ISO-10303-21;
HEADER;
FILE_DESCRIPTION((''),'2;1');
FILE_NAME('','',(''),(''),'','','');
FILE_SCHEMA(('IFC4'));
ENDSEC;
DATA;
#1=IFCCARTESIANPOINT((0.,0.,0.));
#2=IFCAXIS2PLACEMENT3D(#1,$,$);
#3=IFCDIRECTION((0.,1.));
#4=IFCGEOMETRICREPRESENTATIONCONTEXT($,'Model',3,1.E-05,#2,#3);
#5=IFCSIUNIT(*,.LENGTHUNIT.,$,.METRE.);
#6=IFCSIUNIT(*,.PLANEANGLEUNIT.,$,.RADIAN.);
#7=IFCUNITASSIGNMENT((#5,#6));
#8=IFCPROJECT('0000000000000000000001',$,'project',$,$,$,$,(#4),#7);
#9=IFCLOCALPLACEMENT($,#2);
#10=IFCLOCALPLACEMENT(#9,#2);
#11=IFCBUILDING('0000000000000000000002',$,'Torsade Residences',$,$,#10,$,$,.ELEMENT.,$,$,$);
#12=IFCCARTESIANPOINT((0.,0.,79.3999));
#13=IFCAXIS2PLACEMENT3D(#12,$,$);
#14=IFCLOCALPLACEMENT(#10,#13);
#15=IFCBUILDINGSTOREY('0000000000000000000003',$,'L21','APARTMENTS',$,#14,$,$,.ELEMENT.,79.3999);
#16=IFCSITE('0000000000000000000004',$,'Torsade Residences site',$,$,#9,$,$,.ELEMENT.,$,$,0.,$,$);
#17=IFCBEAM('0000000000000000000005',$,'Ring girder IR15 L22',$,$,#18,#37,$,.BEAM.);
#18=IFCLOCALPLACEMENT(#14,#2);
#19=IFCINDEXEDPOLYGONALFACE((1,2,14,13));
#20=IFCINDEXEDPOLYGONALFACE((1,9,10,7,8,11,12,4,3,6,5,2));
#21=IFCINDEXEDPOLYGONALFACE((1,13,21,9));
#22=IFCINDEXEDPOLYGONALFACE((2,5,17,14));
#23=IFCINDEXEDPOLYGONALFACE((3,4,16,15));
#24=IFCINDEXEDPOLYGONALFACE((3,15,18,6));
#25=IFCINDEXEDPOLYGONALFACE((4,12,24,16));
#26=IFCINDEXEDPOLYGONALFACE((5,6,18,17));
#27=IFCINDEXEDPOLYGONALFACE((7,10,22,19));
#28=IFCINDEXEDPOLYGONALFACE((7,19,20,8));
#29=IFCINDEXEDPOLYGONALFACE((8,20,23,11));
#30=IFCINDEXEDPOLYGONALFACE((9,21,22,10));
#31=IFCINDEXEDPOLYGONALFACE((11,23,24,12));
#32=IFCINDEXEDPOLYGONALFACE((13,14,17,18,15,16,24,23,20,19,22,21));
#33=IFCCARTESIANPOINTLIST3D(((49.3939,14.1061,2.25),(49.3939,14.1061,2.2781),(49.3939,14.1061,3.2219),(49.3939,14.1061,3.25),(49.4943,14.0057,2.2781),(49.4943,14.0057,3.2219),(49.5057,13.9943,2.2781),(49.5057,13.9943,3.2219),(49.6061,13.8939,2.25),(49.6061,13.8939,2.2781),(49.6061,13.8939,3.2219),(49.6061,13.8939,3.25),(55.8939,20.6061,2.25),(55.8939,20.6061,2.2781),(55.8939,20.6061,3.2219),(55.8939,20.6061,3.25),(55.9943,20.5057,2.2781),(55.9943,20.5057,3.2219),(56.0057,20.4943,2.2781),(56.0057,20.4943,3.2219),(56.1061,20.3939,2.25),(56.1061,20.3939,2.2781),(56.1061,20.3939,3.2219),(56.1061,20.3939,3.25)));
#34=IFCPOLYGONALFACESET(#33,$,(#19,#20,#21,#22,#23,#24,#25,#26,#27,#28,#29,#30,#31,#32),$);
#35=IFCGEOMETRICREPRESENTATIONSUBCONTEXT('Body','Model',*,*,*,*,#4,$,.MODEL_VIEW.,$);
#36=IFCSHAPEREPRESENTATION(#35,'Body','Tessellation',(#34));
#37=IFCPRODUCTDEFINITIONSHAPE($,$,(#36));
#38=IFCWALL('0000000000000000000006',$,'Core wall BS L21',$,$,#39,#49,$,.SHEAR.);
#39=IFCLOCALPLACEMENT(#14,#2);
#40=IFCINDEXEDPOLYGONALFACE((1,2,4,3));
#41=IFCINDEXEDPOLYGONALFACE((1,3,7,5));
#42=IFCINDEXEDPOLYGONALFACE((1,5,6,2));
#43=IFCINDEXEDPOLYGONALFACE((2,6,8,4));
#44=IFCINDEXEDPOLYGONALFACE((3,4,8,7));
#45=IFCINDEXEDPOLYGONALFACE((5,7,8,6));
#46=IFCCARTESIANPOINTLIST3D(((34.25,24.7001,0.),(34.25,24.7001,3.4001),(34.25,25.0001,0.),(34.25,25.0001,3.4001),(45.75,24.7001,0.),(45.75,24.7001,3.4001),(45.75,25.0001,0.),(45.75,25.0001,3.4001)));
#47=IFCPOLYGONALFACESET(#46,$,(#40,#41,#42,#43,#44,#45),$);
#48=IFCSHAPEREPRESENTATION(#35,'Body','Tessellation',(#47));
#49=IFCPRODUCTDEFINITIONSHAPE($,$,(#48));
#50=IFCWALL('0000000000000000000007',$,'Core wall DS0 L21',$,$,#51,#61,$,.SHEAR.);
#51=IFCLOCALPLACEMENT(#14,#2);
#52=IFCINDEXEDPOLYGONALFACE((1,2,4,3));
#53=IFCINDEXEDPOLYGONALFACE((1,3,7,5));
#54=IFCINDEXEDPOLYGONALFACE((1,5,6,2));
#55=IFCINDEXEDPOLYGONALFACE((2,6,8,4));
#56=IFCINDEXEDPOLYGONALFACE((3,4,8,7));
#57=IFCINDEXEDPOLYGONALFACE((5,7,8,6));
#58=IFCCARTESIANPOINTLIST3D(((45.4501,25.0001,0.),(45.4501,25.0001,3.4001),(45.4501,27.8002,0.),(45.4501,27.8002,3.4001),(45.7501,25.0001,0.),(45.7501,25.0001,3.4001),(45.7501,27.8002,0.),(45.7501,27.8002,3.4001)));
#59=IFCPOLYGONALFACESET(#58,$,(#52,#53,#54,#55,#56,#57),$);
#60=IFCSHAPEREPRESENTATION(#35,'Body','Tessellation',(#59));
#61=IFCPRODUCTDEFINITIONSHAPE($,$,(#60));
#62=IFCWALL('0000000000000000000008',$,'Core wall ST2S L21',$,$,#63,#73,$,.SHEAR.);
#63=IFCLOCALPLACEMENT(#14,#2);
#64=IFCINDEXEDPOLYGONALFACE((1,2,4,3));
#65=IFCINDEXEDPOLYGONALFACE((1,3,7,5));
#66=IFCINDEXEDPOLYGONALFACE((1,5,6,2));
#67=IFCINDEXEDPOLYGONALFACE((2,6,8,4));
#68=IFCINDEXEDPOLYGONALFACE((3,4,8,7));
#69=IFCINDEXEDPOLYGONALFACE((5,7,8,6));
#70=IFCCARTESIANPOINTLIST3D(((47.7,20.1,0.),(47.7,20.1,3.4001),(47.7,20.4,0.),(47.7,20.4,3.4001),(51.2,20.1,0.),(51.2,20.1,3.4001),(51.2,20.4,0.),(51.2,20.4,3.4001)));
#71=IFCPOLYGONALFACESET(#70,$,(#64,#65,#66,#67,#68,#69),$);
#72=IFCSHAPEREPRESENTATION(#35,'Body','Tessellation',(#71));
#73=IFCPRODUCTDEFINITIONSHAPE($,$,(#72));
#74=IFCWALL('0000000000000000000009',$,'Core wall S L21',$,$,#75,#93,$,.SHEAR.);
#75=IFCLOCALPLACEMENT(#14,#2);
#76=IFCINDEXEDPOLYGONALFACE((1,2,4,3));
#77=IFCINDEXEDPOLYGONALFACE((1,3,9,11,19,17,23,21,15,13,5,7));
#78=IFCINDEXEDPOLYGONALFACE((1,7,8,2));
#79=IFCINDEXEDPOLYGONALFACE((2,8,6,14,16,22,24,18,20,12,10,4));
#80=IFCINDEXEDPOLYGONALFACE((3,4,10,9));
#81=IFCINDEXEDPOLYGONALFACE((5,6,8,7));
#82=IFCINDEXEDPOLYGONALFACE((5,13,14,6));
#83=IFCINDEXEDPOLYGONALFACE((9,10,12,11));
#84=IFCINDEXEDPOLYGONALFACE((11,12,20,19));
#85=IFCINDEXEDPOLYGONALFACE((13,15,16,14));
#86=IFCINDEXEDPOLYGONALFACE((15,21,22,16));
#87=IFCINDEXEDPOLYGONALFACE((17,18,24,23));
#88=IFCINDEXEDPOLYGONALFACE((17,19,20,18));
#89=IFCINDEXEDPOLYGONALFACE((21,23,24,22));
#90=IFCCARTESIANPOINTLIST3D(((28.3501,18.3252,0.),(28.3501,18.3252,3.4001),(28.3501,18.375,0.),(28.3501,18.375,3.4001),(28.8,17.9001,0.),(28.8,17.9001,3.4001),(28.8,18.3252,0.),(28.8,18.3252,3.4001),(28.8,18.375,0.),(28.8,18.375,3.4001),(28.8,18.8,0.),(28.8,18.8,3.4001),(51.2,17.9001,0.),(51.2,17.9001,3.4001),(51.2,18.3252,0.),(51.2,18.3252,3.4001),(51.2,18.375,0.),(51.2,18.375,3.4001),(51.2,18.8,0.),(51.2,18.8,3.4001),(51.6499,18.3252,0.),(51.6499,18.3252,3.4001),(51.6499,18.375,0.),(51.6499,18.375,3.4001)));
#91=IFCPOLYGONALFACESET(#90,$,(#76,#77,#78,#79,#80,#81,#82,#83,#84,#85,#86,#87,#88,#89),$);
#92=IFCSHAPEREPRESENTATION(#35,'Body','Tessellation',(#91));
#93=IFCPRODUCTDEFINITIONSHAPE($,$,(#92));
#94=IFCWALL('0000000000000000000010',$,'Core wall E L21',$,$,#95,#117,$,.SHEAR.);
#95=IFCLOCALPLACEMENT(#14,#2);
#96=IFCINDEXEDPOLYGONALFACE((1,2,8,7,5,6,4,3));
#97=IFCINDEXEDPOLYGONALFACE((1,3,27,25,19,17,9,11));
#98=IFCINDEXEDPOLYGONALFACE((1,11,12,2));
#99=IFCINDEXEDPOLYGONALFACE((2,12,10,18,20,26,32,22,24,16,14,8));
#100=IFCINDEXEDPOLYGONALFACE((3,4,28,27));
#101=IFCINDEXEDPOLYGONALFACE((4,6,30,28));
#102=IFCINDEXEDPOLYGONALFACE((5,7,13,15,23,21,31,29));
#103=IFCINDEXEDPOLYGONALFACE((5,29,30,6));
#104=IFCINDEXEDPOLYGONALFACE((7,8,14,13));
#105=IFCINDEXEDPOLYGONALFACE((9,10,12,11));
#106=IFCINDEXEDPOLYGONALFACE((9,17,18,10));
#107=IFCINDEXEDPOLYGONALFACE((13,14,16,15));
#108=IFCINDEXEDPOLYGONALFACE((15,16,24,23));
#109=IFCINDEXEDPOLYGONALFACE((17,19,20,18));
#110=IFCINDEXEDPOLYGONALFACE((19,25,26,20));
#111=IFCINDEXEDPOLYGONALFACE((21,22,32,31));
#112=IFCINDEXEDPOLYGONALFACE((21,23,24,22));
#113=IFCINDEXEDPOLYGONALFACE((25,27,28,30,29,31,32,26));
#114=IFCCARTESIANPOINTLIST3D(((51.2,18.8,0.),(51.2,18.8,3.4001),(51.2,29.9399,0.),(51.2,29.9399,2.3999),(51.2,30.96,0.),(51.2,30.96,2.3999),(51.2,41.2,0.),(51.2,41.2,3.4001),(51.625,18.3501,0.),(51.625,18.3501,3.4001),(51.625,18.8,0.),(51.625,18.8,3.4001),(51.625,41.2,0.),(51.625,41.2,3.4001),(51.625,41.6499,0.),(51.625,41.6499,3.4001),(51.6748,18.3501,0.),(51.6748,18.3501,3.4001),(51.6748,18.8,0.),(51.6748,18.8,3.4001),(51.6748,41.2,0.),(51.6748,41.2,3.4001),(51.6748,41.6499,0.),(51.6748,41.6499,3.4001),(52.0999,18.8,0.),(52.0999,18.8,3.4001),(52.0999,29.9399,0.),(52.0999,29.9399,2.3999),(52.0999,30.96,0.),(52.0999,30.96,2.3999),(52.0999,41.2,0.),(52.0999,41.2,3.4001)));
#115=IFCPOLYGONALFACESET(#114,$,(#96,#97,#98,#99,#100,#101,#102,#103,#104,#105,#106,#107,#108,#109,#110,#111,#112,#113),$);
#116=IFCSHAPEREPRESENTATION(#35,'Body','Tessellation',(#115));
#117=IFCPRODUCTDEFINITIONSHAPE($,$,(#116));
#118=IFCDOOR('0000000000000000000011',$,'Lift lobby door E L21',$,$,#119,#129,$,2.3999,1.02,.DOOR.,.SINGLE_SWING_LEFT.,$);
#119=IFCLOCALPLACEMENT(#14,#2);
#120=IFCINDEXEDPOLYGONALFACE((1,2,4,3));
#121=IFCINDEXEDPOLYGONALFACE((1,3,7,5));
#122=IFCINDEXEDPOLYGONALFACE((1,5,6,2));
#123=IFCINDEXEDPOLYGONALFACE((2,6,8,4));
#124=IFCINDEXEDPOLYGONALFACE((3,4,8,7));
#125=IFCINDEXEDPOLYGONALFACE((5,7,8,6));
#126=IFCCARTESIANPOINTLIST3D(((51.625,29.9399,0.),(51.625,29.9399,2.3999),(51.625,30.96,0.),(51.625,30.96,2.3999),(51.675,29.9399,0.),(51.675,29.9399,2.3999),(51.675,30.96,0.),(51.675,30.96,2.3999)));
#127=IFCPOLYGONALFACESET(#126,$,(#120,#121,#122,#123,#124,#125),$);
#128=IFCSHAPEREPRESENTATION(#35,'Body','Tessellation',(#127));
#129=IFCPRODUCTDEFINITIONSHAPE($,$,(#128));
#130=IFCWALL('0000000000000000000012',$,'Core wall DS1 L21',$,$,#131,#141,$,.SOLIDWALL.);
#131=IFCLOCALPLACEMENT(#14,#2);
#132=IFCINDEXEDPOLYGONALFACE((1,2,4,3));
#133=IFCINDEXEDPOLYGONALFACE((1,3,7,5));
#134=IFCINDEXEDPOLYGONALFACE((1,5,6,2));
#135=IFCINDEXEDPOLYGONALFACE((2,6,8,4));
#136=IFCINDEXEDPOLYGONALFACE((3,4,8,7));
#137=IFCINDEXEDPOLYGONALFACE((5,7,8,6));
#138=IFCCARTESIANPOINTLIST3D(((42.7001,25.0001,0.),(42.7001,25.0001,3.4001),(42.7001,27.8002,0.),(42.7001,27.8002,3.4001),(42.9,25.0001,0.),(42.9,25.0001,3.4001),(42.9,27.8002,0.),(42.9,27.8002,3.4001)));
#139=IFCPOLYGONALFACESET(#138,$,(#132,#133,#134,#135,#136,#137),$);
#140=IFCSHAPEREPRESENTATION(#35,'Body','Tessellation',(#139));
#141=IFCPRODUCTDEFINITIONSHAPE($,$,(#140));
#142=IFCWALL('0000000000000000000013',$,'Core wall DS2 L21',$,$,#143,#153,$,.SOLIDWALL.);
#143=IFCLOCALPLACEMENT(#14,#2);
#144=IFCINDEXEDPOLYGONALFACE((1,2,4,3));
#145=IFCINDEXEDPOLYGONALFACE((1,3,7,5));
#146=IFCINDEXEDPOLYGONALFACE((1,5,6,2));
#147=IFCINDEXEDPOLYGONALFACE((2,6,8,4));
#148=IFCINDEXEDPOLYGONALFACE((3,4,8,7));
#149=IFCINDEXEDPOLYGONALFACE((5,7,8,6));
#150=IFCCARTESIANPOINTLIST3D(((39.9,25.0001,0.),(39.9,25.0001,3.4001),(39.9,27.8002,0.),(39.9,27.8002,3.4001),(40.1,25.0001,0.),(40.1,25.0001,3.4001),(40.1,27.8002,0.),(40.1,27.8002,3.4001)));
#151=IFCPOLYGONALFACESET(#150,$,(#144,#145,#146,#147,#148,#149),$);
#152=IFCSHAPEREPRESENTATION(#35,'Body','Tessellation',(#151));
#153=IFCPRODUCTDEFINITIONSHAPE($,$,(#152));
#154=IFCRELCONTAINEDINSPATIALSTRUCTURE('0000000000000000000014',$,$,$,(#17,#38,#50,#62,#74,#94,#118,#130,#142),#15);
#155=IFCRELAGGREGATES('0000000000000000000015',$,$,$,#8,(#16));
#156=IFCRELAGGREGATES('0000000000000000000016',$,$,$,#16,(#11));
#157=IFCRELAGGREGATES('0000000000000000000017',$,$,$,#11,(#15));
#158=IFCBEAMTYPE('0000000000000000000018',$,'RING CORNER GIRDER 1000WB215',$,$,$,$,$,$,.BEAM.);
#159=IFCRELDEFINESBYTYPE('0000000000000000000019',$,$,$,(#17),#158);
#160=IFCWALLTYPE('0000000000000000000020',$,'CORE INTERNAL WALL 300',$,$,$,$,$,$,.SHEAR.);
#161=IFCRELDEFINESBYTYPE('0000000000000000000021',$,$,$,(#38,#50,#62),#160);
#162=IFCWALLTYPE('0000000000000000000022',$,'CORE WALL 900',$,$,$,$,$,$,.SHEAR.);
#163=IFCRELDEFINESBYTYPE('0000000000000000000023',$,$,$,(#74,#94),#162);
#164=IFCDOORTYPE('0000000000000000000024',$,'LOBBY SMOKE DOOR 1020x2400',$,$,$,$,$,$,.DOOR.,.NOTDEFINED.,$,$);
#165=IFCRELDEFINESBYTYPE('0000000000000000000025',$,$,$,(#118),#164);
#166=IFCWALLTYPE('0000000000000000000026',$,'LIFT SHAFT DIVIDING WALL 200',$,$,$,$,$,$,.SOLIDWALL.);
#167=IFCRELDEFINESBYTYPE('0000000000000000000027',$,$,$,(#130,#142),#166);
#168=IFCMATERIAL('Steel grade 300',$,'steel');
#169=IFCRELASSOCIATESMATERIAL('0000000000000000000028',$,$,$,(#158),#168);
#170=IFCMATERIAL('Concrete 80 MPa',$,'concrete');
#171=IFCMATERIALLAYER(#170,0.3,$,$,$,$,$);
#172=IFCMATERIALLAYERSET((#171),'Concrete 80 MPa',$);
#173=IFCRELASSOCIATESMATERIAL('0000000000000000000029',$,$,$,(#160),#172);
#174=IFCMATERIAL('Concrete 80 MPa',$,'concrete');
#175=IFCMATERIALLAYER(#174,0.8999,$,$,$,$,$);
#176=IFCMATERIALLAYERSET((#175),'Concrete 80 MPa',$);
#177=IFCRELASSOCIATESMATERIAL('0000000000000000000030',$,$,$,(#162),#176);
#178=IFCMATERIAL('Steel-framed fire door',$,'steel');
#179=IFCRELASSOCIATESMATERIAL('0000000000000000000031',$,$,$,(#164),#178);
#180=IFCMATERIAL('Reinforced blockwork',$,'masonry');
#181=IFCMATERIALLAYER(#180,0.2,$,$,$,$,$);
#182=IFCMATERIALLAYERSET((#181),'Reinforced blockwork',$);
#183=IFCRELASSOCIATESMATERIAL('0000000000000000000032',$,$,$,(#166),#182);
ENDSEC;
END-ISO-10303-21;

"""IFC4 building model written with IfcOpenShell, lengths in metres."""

from ifc_helpers import new_model, si_unit, direction, frame, frame_2d, origin, origin_2d, place, context, subcontext, project, spatial, polyline, rectangle, i_section, outline, extrude, material, layer, layer_set, material_profile, profile_set, type_object, element, fill, save


model = new_model("IFC4")

# Units and contexts
model_context = context("Model", 3, precision=1e-05, world=origin(), true_north=direction((0.0, 1.0)))
body_context = subcontext(model_context, "Body", "Model", "MODEL_VIEW")
ifc_project = project(units=[si_unit("LENGTHUNIT", "METRE"), si_unit("PLANEANGLEUNIT", "RADIAN")], contexts=[model_context])

# Site, building, storey
site_placement = place(None, origin())
site = spatial("IfcSite", under=ifc_project, at=site_placement, Name="Torsade Residences site", CompositionType="ELEMENT", RefElevation=0.0)
building_placement = place(site_placement, origin())
building = spatial("IfcBuilding", under=site, at=building_placement, Name="Torsade Residences", CompositionType="ELEMENT")
storey_placement = place(building_placement, frame((0.0, 0.0, 79.3999)))
storey = spatial("IfcBuildingStorey", under=building, at=storey_placement, Name="L21", Description="APARTMENTS", CompositionType="ELEMENT", Elevation=79.3999)

# Beam
ifc_material_1 = material(Name="Steel grade 300", Category="steel")
ifc_material_profile_1 = material_profile(ifc_material_1, i_section(OverallWidth=0.3, OverallDepth=1.0, WebThickness=0.0161, FlangeThickness=0.0281, at=origin_2d()), Name="1000WB215")
ifc_profile_set_1 = profile_set([ifc_material_profile_1], Name="Steel grade 300")
beam_type_1 = type_object("IfcBeamType", Name="RING CORNER GIRDER 1000WB215", PredefinedType="BEAM", material=ifc_profile_set_1)
beam_1_placement = place(storey_placement, frame((49.5, 14.0, 2.75), z_axis=(0.707107, 0.707107, 0.0), x_axis=(-0.707107, 0.707107, 0.0)))
element("IfcBeam", 1, at=beam_1_placement, inside=storey, type_object=beam_type_1, Name="Ring girder IR15 L22", PredefinedType="BEAM", context=body_context, shape_type="SweptSolid", body=[
    extrude(i_section(OverallWidth=0.3, OverallDepth=1.0, WebThickness=0.0161, FlangeThickness=0.0281, at=origin_2d()), origin(), (0.0, 0.0, 1.0), 9.1924),
])

# Walls
ifc_material_2 = material(Name="Concrete 80 MPa", Category="concrete")
ifc_layer_1 = layer(ifc_material_2, 0.3)
ifc_layer_set_1 = layer_set([ifc_layer_1], Name="Concrete 80 MPa")
wall_type_1 = type_object("IfcWallType", Name="CORE INTERNAL WALL 300", PredefinedType="SHEAR", material=ifc_layer_set_1)
wall_1_placement = place(storey_placement, frame((45.75, 24.8501, 0.0), z_axis=(0.0, 0.0, 1.0), x_axis=(-1.0, 0.0, 0.0)))
element("IfcWall", 2, at=wall_1_placement, inside=storey, type_object=wall_type_1, Name="Core wall BS L21", PredefinedType="SHEAR", context=body_context, shape_type="SweptSolid", body=[
    extrude(rectangle(XDim=11.5, YDim=0.3, at=frame_2d((5.75, 0.0))), origin(), (0.0, 0.0, 1.0), 3.4001),
])
wall_2_placement = place(storey_placement, frame((45.6001, 27.8, 0.0), z_axis=(0.0, 0.0, 1.0), x_axis=(0.0, -1.0, 0.0)))
element("IfcWall", 3, at=wall_2_placement, inside=storey, type_object=wall_type_1, Name="Core wall DS0 L21", PredefinedType="SHEAR", context=body_context, shape_type="SweptSolid", body=[
    extrude(rectangle(XDim=2.8, YDim=0.3, at=frame_2d((1.3999, 0.0))), origin(), (0.0, 0.0, 1.0), 3.4001),
])
wall_3_placement = place(storey_placement, frame((51.2, 20.25, 0.0), z_axis=(0.0, 0.0, 1.0), x_axis=(-1.0, 0.0, 0.0)))
element("IfcWall", 4, at=wall_3_placement, inside=storey, type_object=wall_type_1, Name="Core wall ST2S L21", PredefinedType="SHEAR", context=body_context, shape_type="SweptSolid", body=[
    extrude(rectangle(XDim=3.5, YDim=0.3, at=frame_2d((1.75, 0.0))), origin(), (0.0, 0.0, 1.0), 3.4001),
])
ifc_material_3 = material(Name="Concrete 80 MPa", Category="concrete")
ifc_layer_2 = layer(ifc_material_3, 0.8999)
ifc_layer_set_2 = layer_set([ifc_layer_2], Name="Concrete 80 MPa")
wall_type_2 = type_object("IfcWallType", Name="CORE WALL 900", PredefinedType="SHEAR", material=ifc_layer_set_2)
wall_4_placement = place(storey_placement, frame((51.2, 18.3501, 0.0), z_axis=(0.0, 0.0, 1.0), x_axis=(-1.0, 0.0, 0.0)))
element("IfcWall", 5, at=wall_4_placement, inside=storey, type_object=wall_type_2, Name="Core wall S L21", PredefinedType="SHEAR", context=body_context, shape_type="SweptSolid", body=[
    extrude(outline(polyline([(0.0, -0.45), (22.3999, -0.45), (22.3999, -0.0249), (22.8499, -0.0249), (22.8499, 0.0249), (22.3999, 0.0249), (22.3999, 0.45), (0.0, 0.45), (0.0, 0.0249), (-0.45, 0.0249), (-0.45, -0.0249), (0.0, -0.0249), (0.0, -0.45)])), origin(), (0.0, 0.0, 1.0), 3.4001),
])

# Wall, opening, door
wall_5_placement = place(storey_placement, frame((51.6499, 18.8, 0.0), z_axis=(0.0, 0.0, 1.0), x_axis=(0.0, 1.0, 0.0)))
wall_5 = element("IfcWall", 6, at=wall_5_placement, inside=storey, type_object=wall_type_2, Name="Core wall E L21", PredefinedType="SHEAR", context=body_context, shape_type="SweptSolid", body=[
    extrude(outline(polyline([(0.0, -0.45), (22.3999, -0.45), (22.3999, -0.0249), (22.8499, -0.0249), (22.8499, 0.0249), (22.3999, 0.0249), (22.3999, 0.45), (0.0, 0.45), (0.0, 0.0249), (-0.45, 0.0249), (-0.45, -0.0249), (0.0, -0.0249), (0.0, -0.45)])), origin(), (0.0, 0.0, 1.0), 3.4001),
])
opening_1_placement = place(wall_5_placement, frame((11.1399, 0.0, 0.0)))
opening_1 = element("IfcOpeningElement", 7, at=opening_1_placement, cuts=wall_5, PredefinedType="OPENING", context=body_context, shape_type="SweptSolid", body=[
    extrude(rectangle(XDim=1.02, YDim=2.3999, at=frame_2d((0.51, 1.2))), frame((0.0, 0.46, 0.0), z_axis=(0.0, -1.0, 0.0), x_axis=(1.0, 0.0, 0.0)), (0.0, 0.0, 1.0), 0.9199),
])
ifc_material_4 = material(Name="Steel-framed fire door", Category="steel")
door_type_1 = type_object("IfcDoorType", Name="LOBBY SMOKE DOOR 1020x2400", OperationType="NOTDEFINED", PredefinedType="DOOR", material=ifc_material_4)
door_1_placement = place(opening_1_placement, origin())
door_1 = element("IfcDoor", 8, at=door_1_placement, inside=storey, type_object=door_type_1, Name="Lift lobby door E L21", OperationType="SINGLE_SWING_LEFT", OverallHeight=2.3999, OverallWidth=1.02, PredefinedType="DOOR", context=body_context, shape_type="SweptSolid", body=[
    extrude(rectangle(XDim=1.02, YDim=2.3999, at=frame_2d((0.51, 1.2))), frame((0.0, 0.0249, 0.0), z_axis=(0.0, -1.0, 0.0), x_axis=(1.0, 0.0, 0.0)), (0.0, 0.0, 1.0), 0.05),
])
fill(opening_1, door_1)

# Walls
ifc_material_5 = material(Name="Reinforced blockwork", Category="masonry")
ifc_layer_3 = layer(ifc_material_5, 0.2)
ifc_layer_set_3 = layer_set([ifc_layer_3], Name="Reinforced blockwork")
wall_type_3 = type_object("IfcWallType", Name="LIFT SHAFT DIVIDING WALL 200", PredefinedType="SOLIDWALL", material=ifc_layer_set_3)
for number, where, z_axis, x_axis, name in (
    (9, (42.8, 27.8, 0.0), (0.0, 0.0, 1.0), (0.0, -1.0, 0.0), "Core wall DS1 L21"),
    (10, (40.0, 27.8, 0.0), (0.0, 0.0, 1.0), (0.0, -1.0, 0.0), "Core wall DS2 L21"),
):
    element("IfcWall", number, at=place(storey_placement, frame(where, z_axis=z_axis, x_axis=x_axis)), inside=storey, type_object=wall_type_3, Name=name, PredefinedType="SOLIDWALL", context=body_context, shape_type="SweptSolid", body=[
        extrude(rectangle(XDim=2.8, YDim=0.2, at=frame_2d((1.3999, 0.0))), origin(), (0.0, 0.0, 1.0), 3.4001),
    ])

save(model, "model.ifc")
